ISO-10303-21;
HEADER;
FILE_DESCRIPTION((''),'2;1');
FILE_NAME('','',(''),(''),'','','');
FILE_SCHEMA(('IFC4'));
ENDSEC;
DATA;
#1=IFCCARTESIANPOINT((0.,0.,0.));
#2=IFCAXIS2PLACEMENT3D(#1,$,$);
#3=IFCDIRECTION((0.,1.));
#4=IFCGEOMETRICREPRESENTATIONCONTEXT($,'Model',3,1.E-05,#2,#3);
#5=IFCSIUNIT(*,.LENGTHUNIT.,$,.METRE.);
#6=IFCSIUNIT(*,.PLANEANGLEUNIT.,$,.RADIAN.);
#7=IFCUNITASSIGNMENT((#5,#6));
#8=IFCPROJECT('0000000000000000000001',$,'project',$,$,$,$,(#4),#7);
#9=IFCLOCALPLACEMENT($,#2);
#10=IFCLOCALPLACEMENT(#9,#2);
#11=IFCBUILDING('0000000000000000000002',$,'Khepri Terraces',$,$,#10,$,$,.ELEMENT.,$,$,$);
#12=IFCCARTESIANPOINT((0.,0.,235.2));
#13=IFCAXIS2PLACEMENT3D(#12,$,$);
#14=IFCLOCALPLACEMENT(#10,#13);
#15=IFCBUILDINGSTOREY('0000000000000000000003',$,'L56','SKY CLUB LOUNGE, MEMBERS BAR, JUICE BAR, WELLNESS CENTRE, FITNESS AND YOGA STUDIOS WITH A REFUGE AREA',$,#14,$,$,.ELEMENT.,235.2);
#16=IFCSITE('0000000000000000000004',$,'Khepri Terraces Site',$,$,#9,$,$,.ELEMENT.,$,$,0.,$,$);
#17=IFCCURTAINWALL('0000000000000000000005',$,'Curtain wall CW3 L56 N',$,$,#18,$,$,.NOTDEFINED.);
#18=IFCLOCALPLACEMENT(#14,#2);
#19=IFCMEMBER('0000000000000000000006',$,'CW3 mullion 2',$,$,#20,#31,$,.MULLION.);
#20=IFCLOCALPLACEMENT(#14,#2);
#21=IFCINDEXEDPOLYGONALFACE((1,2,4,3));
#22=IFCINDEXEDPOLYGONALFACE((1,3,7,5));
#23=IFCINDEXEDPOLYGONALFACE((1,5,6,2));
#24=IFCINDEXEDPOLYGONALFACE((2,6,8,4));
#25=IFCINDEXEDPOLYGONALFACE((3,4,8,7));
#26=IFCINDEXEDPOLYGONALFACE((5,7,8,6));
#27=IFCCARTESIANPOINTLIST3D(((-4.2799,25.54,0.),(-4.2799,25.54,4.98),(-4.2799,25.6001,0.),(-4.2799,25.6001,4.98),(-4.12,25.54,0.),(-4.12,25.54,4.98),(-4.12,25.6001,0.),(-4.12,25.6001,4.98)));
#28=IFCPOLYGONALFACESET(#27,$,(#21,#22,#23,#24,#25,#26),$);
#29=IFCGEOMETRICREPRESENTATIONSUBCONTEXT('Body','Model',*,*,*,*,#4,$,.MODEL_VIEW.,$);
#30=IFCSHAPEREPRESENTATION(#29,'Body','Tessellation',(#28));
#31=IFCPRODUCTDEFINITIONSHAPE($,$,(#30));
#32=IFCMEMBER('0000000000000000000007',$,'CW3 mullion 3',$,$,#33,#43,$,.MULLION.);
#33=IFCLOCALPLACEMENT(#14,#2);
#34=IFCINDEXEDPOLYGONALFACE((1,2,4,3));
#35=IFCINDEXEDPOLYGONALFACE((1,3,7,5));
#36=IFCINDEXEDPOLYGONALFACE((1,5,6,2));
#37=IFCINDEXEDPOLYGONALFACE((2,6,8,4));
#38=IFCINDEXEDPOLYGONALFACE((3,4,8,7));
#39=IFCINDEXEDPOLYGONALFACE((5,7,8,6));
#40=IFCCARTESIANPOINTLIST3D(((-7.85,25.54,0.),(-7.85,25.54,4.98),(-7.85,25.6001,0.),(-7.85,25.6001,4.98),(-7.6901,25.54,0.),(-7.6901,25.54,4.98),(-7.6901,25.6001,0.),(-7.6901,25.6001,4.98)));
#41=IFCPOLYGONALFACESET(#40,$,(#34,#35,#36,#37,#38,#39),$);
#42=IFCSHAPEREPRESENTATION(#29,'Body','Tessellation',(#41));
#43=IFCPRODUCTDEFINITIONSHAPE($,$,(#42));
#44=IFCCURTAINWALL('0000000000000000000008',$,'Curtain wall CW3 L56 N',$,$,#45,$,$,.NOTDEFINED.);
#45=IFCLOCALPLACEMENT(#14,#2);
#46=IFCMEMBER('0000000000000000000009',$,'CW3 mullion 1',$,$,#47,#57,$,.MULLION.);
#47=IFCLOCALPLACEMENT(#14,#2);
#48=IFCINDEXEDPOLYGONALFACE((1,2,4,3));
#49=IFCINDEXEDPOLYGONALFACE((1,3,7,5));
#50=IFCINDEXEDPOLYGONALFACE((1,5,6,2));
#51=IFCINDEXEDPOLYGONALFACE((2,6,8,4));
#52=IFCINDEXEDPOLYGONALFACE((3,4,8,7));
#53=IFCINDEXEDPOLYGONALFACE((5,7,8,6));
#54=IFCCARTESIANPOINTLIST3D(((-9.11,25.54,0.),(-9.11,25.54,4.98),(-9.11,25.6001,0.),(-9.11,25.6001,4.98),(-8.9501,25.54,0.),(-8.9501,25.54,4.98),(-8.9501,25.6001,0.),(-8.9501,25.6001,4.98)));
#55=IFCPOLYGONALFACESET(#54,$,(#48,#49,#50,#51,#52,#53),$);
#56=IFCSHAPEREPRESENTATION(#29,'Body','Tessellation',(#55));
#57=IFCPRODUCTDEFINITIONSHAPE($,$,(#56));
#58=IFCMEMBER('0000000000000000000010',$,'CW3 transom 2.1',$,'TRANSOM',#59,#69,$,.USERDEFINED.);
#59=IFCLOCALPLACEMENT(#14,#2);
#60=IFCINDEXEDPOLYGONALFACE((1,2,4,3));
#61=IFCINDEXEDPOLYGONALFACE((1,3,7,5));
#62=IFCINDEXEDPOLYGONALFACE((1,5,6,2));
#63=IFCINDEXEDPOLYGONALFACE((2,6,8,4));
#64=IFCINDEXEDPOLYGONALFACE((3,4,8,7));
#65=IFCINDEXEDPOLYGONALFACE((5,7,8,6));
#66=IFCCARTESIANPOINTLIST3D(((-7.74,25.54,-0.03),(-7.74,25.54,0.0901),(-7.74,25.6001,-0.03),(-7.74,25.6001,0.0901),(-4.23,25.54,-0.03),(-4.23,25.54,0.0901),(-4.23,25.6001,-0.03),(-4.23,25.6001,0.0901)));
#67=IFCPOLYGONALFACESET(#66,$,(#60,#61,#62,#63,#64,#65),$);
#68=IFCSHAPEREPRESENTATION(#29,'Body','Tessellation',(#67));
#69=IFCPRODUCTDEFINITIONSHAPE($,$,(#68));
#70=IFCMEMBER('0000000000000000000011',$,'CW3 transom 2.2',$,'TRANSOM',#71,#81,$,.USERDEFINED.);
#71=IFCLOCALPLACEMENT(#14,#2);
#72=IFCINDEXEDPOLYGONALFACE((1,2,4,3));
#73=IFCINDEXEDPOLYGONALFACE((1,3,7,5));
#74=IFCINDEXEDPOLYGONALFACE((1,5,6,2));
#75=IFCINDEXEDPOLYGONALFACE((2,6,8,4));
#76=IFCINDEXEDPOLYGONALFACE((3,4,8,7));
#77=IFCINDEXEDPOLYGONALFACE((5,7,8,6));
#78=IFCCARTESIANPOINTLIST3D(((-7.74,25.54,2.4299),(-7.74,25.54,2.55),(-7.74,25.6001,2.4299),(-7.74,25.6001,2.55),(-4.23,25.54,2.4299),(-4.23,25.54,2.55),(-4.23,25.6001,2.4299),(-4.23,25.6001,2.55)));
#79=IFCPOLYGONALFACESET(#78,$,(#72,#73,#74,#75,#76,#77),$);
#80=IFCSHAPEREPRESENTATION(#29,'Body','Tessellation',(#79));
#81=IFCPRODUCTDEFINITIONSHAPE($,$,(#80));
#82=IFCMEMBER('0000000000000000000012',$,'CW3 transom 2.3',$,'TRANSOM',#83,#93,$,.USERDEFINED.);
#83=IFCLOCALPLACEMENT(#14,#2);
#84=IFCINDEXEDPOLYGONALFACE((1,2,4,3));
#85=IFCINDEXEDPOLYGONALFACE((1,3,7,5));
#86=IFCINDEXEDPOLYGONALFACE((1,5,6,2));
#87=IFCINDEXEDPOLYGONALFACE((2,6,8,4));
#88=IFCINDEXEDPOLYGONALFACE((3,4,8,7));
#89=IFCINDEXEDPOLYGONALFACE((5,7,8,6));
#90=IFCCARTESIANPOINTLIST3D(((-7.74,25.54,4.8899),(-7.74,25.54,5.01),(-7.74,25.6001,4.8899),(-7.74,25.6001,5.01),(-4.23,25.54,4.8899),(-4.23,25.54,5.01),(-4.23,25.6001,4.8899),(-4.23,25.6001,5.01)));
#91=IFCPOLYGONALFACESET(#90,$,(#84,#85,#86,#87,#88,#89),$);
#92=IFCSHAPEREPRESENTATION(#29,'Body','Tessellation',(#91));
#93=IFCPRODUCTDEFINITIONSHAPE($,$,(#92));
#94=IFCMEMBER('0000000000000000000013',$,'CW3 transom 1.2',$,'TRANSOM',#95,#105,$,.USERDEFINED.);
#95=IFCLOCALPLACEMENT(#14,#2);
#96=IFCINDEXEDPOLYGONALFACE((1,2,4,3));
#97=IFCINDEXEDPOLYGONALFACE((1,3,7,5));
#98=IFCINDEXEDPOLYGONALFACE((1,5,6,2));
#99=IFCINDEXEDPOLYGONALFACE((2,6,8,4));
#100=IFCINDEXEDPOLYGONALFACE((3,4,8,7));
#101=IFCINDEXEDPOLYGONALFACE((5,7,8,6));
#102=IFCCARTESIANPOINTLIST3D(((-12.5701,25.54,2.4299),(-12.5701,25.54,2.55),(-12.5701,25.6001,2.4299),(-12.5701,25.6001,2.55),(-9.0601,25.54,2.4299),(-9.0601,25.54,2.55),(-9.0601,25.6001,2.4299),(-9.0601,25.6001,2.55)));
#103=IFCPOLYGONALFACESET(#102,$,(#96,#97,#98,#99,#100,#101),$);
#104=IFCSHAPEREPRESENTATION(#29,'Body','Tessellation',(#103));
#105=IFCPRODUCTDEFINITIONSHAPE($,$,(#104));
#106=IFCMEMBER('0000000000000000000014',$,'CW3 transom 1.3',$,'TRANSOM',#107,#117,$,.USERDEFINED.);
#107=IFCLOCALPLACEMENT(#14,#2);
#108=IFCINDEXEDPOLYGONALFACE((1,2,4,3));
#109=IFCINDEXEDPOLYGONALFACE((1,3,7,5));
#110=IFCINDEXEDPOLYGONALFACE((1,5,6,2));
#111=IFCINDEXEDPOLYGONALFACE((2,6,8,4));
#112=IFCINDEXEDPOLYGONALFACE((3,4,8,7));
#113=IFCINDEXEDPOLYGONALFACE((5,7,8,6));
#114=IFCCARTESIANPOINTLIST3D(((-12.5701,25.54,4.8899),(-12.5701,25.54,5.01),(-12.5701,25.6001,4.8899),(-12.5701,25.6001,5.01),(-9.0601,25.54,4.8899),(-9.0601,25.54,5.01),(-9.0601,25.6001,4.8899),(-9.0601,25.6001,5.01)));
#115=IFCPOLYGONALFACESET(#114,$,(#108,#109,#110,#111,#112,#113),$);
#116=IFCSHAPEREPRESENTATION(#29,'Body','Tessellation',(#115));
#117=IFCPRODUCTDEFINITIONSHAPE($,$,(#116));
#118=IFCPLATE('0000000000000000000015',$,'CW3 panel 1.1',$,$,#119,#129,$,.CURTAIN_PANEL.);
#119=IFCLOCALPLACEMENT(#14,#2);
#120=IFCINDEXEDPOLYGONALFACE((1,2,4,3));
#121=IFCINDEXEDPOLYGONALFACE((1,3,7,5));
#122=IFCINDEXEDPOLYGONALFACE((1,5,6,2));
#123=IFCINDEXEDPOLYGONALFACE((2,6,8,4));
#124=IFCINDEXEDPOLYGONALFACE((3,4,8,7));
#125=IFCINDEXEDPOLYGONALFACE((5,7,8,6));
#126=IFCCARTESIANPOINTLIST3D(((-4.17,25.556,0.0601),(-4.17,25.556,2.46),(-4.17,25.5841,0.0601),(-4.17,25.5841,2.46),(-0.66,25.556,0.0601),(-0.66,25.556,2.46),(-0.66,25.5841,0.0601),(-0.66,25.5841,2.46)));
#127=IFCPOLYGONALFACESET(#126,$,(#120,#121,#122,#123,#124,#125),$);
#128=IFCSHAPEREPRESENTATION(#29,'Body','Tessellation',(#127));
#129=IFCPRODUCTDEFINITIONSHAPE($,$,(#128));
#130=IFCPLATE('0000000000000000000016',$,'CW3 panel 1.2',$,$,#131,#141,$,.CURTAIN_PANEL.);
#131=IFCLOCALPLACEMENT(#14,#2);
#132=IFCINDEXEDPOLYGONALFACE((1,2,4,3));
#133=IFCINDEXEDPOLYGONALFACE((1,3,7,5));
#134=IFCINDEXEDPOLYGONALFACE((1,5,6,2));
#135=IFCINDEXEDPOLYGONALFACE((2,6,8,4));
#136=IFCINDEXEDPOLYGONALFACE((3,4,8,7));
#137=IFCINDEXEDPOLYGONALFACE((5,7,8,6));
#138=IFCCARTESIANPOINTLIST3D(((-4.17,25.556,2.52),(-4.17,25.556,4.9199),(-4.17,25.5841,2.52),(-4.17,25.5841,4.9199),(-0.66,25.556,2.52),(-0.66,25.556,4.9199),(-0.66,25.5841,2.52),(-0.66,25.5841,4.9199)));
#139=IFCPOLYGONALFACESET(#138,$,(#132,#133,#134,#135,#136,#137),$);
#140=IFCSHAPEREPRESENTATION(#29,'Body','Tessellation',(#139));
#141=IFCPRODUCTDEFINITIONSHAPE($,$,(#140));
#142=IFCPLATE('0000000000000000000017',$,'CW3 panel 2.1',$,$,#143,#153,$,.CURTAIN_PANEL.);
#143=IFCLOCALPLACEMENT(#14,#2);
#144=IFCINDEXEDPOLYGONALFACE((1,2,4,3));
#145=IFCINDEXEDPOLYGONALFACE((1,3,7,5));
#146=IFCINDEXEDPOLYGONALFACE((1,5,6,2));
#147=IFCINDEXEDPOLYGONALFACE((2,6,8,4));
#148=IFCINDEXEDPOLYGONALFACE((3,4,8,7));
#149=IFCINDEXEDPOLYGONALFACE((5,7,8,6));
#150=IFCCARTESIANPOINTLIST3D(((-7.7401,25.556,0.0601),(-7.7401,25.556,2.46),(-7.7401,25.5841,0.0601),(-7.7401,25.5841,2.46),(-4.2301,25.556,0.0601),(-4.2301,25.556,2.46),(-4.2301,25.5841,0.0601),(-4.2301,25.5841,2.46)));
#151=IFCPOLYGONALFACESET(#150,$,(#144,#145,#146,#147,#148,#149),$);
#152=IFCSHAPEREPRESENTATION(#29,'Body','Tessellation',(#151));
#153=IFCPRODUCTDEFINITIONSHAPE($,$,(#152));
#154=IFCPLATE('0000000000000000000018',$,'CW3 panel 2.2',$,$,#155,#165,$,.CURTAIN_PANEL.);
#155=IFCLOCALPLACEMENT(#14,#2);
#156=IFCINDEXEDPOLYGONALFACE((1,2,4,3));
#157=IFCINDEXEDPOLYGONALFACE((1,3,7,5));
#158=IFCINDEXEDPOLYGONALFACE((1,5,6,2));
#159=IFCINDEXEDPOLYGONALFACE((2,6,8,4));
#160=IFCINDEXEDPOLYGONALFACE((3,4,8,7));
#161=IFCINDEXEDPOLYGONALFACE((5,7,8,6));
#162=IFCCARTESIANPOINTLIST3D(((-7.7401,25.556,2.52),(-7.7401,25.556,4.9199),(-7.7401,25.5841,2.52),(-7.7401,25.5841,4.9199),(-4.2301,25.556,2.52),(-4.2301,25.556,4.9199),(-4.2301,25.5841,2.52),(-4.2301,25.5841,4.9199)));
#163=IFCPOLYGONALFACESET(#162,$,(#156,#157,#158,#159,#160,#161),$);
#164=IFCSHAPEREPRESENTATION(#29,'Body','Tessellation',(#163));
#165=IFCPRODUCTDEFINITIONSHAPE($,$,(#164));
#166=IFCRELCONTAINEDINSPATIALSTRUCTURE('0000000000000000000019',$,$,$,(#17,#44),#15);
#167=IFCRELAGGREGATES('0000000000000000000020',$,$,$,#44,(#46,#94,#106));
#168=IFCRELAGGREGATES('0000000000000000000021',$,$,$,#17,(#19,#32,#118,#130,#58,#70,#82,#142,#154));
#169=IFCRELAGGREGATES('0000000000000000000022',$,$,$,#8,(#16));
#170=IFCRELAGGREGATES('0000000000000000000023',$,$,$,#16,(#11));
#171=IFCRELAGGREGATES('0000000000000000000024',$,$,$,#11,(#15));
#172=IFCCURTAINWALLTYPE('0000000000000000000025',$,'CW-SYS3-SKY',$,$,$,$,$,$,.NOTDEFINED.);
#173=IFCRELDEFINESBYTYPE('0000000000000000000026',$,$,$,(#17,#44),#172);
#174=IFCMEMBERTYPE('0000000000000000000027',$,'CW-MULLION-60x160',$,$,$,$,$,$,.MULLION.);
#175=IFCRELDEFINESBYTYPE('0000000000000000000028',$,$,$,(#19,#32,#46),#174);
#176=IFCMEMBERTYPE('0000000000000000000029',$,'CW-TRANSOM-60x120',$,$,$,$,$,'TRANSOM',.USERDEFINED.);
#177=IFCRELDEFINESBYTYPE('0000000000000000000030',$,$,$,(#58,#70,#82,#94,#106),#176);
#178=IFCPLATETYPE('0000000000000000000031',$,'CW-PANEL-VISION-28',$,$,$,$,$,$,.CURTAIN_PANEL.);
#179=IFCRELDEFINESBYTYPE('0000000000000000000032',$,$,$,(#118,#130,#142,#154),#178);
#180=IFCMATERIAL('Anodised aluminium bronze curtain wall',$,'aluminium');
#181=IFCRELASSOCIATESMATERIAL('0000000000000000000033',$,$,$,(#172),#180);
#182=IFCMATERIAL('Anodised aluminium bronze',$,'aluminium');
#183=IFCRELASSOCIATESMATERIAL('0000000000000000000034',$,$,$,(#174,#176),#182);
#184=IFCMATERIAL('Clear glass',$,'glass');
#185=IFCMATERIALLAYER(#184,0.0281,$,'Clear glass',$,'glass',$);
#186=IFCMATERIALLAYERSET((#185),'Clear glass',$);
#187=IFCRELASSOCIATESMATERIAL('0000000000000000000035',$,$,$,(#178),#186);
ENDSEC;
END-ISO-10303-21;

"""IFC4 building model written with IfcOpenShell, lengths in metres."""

from ifc_helpers import new_model, si_unit, direction, frame, origin, origin_2d, place, context, subcontext, project, spatial, rectangle, extrude, material, layer, layer_set, material_profile, profile_set, type_object, element, aggregate, save


model = new_model("IFC4")

# Units and contexts
model_context = context("Model", 3, precision=1e-05, world=origin(), true_north=direction((0.0, 1.0)))
body_context = subcontext(model_context, "Body", "Model", "MODEL_VIEW")
ifc_project = project(units=[si_unit("LENGTHUNIT", "METRE"), si_unit("PLANEANGLEUNIT", "RADIAN")], contexts=[model_context])

# Site, building, storey
site_placement = place(None, origin())
site = spatial("IfcSite", under=ifc_project, at=site_placement, Name="Khepri Terraces Site", CompositionType="ELEMENT", RefElevation=0.0)
building_placement = place(site_placement, origin())
building = spatial("IfcBuilding", under=site, at=building_placement, Name="Khepri Terraces", CompositionType="ELEMENT")
storey_placement = place(building_placement, frame((0.0, 0.0, 235.2)))
storey = spatial("IfcBuildingStorey", under=building, at=storey_placement, Name="L56", Description="SKY CLUB LOUNGE, MEMBERS BAR, JUICE BAR, WELLNESS CENTRE, FITNESS AND YOGA STUDIOS WITH A REFUGE AREA", CompositionType="ELEMENT", Elevation=235.2)

# Curtain wall, members
ifc_material_1 = material(Name="Anodised aluminium bronze curtain wall", Category="aluminium")
curtain_wall_type = type_object("IfcCurtainWallType", Name="CW-SYS3-SKY", PredefinedType="NOTDEFINED", material=ifc_material_1)
curtain_wall_1_placement = place(storey_placement, origin())
curtain_wall_1 = element("IfcCurtainWall", 1, at=curtain_wall_1_placement, inside=storey, type_object=curtain_wall_type, Name="Curtain wall CW3 L56 N", PredefinedType="NOTDEFINED")
ifc_material_2 = material(Name="Anodised aluminium bronze", Category="aluminium")
ifc_material_profile_1 = material_profile(ifc_material_2, rectangle(XDim=0.0601, YDim=0.1599, at=origin_2d()), Name="Anodised aluminium bronze", Category="aluminium")
ifc_profile_set_1 = profile_set([ifc_material_profile_1], Name="Anodised aluminium bronze")
member_type_1 = type_object("IfcMemberType", Name="CW-MULLION-60x160", PredefinedType="MULLION", material=ifc_profile_set_1)
member_1_placement = place(storey_placement, frame((-4.2, 25.5701, 0.0), z_axis=(0.0, 0.0, 1.0), x_axis=(0.0, -1.0, 0.0)))
member_1 = element("IfcMember", 2, at=member_1_placement, type_object=member_type_1, Name="CW3 mullion 2", PredefinedType="MULLION", context=body_context, shape_type="SweptSolid", body=[
    extrude(rectangle(XDim=0.0601, YDim=0.1599, at=origin_2d()), origin(), (0.0, 0.0, 1.0), 4.98),
])
member_2_placement = place(storey_placement, frame((-7.77, 25.5701, 0.0), z_axis=(0.0, 0.0, 1.0), x_axis=(0.0, -1.0, 0.0)))
member_2 = element("IfcMember", 3, at=member_2_placement, type_object=member_type_1, Name="CW3 mullion 3", PredefinedType="MULLION", context=body_context, shape_type="SweptSolid", body=[
    extrude(rectangle(XDim=0.0601, YDim=0.1599, at=origin_2d()), origin(), (0.0, 0.0, 1.0), 4.98),
])

# Curtain wall, member
curtain_wall_2_placement = place(storey_placement, origin())
curtain_wall_2 = element("IfcCurtainWall", 4, at=curtain_wall_2_placement, inside=storey, type_object=curtain_wall_type, Name="Curtain wall CW3 L56 N", PredefinedType="NOTDEFINED")
member_3_placement = place(storey_placement, frame((-9.03, 25.5701, 0.0), z_axis=(0.0, 0.0, 1.0), x_axis=(0.0, -1.0, 0.0)))
member_3 = element("IfcMember", 5, at=member_3_placement, type_object=member_type_1, Name="CW3 mullion 1", PredefinedType="MULLION", context=body_context, shape_type="SweptSolid", body=[
    extrude(rectangle(XDim=0.0601, YDim=0.1599, at=origin_2d()), origin(), (0.0, 0.0, 1.0), 4.98),
])

# Members
ifc_material_profile_2 = material_profile(ifc_material_2, rectangle(XDim=0.0601, YDim=0.1201, at=origin_2d()), Name="Anodised aluminium bronze", Category="aluminium")
ifc_profile_set_2 = profile_set([ifc_material_profile_2], Name="Anodised aluminium bronze")
member_type_2 = type_object("IfcMemberType", Name="CW-TRANSOM-60x120", ElementType="TRANSOM", PredefinedType="USERDEFINED", material=ifc_profile_set_2)
member_4_placement = place(storey_placement, frame((-4.23, 25.5701, 0.03), z_axis=(-1.0, 0.0, 0.0), x_axis=(0.0, -1.0, 0.0)))
member_4 = element("IfcMember", 6, at=member_4_placement, type_object=member_type_2, Name="CW3 transom 2.1", ObjectType="TRANSOM", PredefinedType="USERDEFINED", context=body_context, shape_type="SweptSolid", body=[
    extrude(rectangle(XDim=0.0601, YDim=0.1201, at=origin_2d()), origin(), (0.0, 0.0, 1.0), 3.51),
])
member_5_placement = place(storey_placement, frame((-4.23, 25.5701, 2.49), z_axis=(-1.0, 0.0, 0.0), x_axis=(0.0, -1.0, 0.0)))
member_5 = element("IfcMember", 7, at=member_5_placement, type_object=member_type_2, Name="CW3 transom 2.2", ObjectType="TRANSOM", PredefinedType="USERDEFINED", context=body_context, shape_type="SweptSolid", body=[
    extrude(rectangle(XDim=0.0601, YDim=0.1201, at=origin_2d()), origin(), (0.0, 0.0, 1.0), 3.51),
])
member_6_placement = place(storey_placement, frame((-4.23, 25.5701, 4.95), z_axis=(-1.0, 0.0, 0.0), x_axis=(0.0, -1.0, 0.0)))
member_6 = element("IfcMember", 8, at=member_6_placement, type_object=member_type_2, Name="CW3 transom 2.3", ObjectType="TRANSOM", PredefinedType="USERDEFINED", context=body_context, shape_type="SweptSolid", body=[
    extrude(rectangle(XDim=0.0601, YDim=0.1201, at=origin_2d()), origin(), (0.0, 0.0, 1.0), 3.51),
])
member_7_placement = place(storey_placement, frame((-9.0601, 25.5701, 2.49), z_axis=(-1.0, 0.0, 0.0), x_axis=(0.0, -1.0, 0.0)))
member_7 = element("IfcMember", 9, at=member_7_placement, type_object=member_type_2, Name="CW3 transom 1.2", ObjectType="TRANSOM", PredefinedType="USERDEFINED", context=body_context, shape_type="SweptSolid", body=[
    extrude(rectangle(XDim=0.0601, YDim=0.1201, at=origin_2d()), origin(), (0.0, 0.0, 1.0), 3.51),
])
member_8_placement = place(storey_placement, frame((-9.0601, 25.5701, 4.95), z_axis=(-1.0, 0.0, 0.0), x_axis=(0.0, -1.0, 0.0)))
member_8 = element("IfcMember", 10, at=member_8_placement, type_object=member_type_2, Name="CW3 transom 1.3", ObjectType="TRANSOM", PredefinedType="USERDEFINED", context=body_context, shape_type="SweptSolid", body=[
    extrude(rectangle(XDim=0.0601, YDim=0.1201, at=origin_2d()), origin(), (0.0, 0.0, 1.0), 3.51),
])
aggregate(curtain_wall_2, [member_3, member_7, member_8])

# Plates
ifc_material_3 = material(Name="Clear glass", Category="glass")
ifc_layer = layer(ifc_material_3, 0.0281, Name="Clear glass", Category="glass")
ifc_layer_set = layer_set([ifc_layer], Name="Clear glass")
plate_type = type_object("IfcPlateType", Name="CW-PANEL-VISION-28", PredefinedType="CURTAIN_PANEL", material=ifc_layer_set)
plate_1_placement = place(storey_placement, frame((-2.415, 25.5701, 0.0601), z_axis=(0.0, 0.0, 1.0), x_axis=(-1.0, 0.0, 0.0)))
plate_1 = element("IfcPlate", 11, at=plate_1_placement, type_object=plate_type, Name="CW3 panel 1.1", PredefinedType="CURTAIN_PANEL", context=body_context, shape_type="SweptSolid", body=[
    extrude(rectangle(XDim=3.51, YDim=0.0281, at=origin_2d()), origin(), (0.0, 0.0, 1.0), 2.3999),
])
plate_2_placement = place(storey_placement, frame((-2.415, 25.5701, 2.52), z_axis=(0.0, 0.0, 1.0), x_axis=(-1.0, 0.0, 0.0)))
plate_2 = element("IfcPlate", 12, at=plate_2_placement, type_object=plate_type, Name="CW3 panel 1.2", PredefinedType="CURTAIN_PANEL", context=body_context, shape_type="SweptSolid", body=[
    extrude(rectangle(XDim=3.51, YDim=0.0281, at=origin_2d()), origin(), (0.0, 0.0, 1.0), 2.3999),
])
plate_3_placement = place(storey_placement, frame((-5.9851, 25.5701, 0.0601), z_axis=(0.0, 0.0, 1.0), x_axis=(-1.0, 0.0, 0.0)))
plate_3 = element("IfcPlate", 13, at=plate_3_placement, type_object=plate_type, Name="CW3 panel 2.1", PredefinedType="CURTAIN_PANEL", context=body_context, shape_type="SweptSolid", body=[
    extrude(rectangle(XDim=3.51, YDim=0.0281, at=origin_2d()), origin(), (0.0, 0.0, 1.0), 2.3999),
])
plate_4_placement = place(storey_placement, frame((-5.9851, 25.5701, 2.52), z_axis=(0.0, 0.0, 1.0), x_axis=(-1.0, 0.0, 0.0)))
plate_4 = element("IfcPlate", 14, at=plate_4_placement, type_object=plate_type, Name="CW3 panel 2.2", PredefinedType="CURTAIN_PANEL", context=body_context, shape_type="SweptSolid", body=[
    extrude(rectangle(XDim=3.51, YDim=0.0281, at=origin_2d()), origin(), (0.0, 0.0, 1.0), 2.3999),
])
aggregate(curtain_wall_1, [member_1, member_2, plate_1, plate_2, member_4, member_5, member_6, plate_3, plate_4])

save(model, "model.ifc")
